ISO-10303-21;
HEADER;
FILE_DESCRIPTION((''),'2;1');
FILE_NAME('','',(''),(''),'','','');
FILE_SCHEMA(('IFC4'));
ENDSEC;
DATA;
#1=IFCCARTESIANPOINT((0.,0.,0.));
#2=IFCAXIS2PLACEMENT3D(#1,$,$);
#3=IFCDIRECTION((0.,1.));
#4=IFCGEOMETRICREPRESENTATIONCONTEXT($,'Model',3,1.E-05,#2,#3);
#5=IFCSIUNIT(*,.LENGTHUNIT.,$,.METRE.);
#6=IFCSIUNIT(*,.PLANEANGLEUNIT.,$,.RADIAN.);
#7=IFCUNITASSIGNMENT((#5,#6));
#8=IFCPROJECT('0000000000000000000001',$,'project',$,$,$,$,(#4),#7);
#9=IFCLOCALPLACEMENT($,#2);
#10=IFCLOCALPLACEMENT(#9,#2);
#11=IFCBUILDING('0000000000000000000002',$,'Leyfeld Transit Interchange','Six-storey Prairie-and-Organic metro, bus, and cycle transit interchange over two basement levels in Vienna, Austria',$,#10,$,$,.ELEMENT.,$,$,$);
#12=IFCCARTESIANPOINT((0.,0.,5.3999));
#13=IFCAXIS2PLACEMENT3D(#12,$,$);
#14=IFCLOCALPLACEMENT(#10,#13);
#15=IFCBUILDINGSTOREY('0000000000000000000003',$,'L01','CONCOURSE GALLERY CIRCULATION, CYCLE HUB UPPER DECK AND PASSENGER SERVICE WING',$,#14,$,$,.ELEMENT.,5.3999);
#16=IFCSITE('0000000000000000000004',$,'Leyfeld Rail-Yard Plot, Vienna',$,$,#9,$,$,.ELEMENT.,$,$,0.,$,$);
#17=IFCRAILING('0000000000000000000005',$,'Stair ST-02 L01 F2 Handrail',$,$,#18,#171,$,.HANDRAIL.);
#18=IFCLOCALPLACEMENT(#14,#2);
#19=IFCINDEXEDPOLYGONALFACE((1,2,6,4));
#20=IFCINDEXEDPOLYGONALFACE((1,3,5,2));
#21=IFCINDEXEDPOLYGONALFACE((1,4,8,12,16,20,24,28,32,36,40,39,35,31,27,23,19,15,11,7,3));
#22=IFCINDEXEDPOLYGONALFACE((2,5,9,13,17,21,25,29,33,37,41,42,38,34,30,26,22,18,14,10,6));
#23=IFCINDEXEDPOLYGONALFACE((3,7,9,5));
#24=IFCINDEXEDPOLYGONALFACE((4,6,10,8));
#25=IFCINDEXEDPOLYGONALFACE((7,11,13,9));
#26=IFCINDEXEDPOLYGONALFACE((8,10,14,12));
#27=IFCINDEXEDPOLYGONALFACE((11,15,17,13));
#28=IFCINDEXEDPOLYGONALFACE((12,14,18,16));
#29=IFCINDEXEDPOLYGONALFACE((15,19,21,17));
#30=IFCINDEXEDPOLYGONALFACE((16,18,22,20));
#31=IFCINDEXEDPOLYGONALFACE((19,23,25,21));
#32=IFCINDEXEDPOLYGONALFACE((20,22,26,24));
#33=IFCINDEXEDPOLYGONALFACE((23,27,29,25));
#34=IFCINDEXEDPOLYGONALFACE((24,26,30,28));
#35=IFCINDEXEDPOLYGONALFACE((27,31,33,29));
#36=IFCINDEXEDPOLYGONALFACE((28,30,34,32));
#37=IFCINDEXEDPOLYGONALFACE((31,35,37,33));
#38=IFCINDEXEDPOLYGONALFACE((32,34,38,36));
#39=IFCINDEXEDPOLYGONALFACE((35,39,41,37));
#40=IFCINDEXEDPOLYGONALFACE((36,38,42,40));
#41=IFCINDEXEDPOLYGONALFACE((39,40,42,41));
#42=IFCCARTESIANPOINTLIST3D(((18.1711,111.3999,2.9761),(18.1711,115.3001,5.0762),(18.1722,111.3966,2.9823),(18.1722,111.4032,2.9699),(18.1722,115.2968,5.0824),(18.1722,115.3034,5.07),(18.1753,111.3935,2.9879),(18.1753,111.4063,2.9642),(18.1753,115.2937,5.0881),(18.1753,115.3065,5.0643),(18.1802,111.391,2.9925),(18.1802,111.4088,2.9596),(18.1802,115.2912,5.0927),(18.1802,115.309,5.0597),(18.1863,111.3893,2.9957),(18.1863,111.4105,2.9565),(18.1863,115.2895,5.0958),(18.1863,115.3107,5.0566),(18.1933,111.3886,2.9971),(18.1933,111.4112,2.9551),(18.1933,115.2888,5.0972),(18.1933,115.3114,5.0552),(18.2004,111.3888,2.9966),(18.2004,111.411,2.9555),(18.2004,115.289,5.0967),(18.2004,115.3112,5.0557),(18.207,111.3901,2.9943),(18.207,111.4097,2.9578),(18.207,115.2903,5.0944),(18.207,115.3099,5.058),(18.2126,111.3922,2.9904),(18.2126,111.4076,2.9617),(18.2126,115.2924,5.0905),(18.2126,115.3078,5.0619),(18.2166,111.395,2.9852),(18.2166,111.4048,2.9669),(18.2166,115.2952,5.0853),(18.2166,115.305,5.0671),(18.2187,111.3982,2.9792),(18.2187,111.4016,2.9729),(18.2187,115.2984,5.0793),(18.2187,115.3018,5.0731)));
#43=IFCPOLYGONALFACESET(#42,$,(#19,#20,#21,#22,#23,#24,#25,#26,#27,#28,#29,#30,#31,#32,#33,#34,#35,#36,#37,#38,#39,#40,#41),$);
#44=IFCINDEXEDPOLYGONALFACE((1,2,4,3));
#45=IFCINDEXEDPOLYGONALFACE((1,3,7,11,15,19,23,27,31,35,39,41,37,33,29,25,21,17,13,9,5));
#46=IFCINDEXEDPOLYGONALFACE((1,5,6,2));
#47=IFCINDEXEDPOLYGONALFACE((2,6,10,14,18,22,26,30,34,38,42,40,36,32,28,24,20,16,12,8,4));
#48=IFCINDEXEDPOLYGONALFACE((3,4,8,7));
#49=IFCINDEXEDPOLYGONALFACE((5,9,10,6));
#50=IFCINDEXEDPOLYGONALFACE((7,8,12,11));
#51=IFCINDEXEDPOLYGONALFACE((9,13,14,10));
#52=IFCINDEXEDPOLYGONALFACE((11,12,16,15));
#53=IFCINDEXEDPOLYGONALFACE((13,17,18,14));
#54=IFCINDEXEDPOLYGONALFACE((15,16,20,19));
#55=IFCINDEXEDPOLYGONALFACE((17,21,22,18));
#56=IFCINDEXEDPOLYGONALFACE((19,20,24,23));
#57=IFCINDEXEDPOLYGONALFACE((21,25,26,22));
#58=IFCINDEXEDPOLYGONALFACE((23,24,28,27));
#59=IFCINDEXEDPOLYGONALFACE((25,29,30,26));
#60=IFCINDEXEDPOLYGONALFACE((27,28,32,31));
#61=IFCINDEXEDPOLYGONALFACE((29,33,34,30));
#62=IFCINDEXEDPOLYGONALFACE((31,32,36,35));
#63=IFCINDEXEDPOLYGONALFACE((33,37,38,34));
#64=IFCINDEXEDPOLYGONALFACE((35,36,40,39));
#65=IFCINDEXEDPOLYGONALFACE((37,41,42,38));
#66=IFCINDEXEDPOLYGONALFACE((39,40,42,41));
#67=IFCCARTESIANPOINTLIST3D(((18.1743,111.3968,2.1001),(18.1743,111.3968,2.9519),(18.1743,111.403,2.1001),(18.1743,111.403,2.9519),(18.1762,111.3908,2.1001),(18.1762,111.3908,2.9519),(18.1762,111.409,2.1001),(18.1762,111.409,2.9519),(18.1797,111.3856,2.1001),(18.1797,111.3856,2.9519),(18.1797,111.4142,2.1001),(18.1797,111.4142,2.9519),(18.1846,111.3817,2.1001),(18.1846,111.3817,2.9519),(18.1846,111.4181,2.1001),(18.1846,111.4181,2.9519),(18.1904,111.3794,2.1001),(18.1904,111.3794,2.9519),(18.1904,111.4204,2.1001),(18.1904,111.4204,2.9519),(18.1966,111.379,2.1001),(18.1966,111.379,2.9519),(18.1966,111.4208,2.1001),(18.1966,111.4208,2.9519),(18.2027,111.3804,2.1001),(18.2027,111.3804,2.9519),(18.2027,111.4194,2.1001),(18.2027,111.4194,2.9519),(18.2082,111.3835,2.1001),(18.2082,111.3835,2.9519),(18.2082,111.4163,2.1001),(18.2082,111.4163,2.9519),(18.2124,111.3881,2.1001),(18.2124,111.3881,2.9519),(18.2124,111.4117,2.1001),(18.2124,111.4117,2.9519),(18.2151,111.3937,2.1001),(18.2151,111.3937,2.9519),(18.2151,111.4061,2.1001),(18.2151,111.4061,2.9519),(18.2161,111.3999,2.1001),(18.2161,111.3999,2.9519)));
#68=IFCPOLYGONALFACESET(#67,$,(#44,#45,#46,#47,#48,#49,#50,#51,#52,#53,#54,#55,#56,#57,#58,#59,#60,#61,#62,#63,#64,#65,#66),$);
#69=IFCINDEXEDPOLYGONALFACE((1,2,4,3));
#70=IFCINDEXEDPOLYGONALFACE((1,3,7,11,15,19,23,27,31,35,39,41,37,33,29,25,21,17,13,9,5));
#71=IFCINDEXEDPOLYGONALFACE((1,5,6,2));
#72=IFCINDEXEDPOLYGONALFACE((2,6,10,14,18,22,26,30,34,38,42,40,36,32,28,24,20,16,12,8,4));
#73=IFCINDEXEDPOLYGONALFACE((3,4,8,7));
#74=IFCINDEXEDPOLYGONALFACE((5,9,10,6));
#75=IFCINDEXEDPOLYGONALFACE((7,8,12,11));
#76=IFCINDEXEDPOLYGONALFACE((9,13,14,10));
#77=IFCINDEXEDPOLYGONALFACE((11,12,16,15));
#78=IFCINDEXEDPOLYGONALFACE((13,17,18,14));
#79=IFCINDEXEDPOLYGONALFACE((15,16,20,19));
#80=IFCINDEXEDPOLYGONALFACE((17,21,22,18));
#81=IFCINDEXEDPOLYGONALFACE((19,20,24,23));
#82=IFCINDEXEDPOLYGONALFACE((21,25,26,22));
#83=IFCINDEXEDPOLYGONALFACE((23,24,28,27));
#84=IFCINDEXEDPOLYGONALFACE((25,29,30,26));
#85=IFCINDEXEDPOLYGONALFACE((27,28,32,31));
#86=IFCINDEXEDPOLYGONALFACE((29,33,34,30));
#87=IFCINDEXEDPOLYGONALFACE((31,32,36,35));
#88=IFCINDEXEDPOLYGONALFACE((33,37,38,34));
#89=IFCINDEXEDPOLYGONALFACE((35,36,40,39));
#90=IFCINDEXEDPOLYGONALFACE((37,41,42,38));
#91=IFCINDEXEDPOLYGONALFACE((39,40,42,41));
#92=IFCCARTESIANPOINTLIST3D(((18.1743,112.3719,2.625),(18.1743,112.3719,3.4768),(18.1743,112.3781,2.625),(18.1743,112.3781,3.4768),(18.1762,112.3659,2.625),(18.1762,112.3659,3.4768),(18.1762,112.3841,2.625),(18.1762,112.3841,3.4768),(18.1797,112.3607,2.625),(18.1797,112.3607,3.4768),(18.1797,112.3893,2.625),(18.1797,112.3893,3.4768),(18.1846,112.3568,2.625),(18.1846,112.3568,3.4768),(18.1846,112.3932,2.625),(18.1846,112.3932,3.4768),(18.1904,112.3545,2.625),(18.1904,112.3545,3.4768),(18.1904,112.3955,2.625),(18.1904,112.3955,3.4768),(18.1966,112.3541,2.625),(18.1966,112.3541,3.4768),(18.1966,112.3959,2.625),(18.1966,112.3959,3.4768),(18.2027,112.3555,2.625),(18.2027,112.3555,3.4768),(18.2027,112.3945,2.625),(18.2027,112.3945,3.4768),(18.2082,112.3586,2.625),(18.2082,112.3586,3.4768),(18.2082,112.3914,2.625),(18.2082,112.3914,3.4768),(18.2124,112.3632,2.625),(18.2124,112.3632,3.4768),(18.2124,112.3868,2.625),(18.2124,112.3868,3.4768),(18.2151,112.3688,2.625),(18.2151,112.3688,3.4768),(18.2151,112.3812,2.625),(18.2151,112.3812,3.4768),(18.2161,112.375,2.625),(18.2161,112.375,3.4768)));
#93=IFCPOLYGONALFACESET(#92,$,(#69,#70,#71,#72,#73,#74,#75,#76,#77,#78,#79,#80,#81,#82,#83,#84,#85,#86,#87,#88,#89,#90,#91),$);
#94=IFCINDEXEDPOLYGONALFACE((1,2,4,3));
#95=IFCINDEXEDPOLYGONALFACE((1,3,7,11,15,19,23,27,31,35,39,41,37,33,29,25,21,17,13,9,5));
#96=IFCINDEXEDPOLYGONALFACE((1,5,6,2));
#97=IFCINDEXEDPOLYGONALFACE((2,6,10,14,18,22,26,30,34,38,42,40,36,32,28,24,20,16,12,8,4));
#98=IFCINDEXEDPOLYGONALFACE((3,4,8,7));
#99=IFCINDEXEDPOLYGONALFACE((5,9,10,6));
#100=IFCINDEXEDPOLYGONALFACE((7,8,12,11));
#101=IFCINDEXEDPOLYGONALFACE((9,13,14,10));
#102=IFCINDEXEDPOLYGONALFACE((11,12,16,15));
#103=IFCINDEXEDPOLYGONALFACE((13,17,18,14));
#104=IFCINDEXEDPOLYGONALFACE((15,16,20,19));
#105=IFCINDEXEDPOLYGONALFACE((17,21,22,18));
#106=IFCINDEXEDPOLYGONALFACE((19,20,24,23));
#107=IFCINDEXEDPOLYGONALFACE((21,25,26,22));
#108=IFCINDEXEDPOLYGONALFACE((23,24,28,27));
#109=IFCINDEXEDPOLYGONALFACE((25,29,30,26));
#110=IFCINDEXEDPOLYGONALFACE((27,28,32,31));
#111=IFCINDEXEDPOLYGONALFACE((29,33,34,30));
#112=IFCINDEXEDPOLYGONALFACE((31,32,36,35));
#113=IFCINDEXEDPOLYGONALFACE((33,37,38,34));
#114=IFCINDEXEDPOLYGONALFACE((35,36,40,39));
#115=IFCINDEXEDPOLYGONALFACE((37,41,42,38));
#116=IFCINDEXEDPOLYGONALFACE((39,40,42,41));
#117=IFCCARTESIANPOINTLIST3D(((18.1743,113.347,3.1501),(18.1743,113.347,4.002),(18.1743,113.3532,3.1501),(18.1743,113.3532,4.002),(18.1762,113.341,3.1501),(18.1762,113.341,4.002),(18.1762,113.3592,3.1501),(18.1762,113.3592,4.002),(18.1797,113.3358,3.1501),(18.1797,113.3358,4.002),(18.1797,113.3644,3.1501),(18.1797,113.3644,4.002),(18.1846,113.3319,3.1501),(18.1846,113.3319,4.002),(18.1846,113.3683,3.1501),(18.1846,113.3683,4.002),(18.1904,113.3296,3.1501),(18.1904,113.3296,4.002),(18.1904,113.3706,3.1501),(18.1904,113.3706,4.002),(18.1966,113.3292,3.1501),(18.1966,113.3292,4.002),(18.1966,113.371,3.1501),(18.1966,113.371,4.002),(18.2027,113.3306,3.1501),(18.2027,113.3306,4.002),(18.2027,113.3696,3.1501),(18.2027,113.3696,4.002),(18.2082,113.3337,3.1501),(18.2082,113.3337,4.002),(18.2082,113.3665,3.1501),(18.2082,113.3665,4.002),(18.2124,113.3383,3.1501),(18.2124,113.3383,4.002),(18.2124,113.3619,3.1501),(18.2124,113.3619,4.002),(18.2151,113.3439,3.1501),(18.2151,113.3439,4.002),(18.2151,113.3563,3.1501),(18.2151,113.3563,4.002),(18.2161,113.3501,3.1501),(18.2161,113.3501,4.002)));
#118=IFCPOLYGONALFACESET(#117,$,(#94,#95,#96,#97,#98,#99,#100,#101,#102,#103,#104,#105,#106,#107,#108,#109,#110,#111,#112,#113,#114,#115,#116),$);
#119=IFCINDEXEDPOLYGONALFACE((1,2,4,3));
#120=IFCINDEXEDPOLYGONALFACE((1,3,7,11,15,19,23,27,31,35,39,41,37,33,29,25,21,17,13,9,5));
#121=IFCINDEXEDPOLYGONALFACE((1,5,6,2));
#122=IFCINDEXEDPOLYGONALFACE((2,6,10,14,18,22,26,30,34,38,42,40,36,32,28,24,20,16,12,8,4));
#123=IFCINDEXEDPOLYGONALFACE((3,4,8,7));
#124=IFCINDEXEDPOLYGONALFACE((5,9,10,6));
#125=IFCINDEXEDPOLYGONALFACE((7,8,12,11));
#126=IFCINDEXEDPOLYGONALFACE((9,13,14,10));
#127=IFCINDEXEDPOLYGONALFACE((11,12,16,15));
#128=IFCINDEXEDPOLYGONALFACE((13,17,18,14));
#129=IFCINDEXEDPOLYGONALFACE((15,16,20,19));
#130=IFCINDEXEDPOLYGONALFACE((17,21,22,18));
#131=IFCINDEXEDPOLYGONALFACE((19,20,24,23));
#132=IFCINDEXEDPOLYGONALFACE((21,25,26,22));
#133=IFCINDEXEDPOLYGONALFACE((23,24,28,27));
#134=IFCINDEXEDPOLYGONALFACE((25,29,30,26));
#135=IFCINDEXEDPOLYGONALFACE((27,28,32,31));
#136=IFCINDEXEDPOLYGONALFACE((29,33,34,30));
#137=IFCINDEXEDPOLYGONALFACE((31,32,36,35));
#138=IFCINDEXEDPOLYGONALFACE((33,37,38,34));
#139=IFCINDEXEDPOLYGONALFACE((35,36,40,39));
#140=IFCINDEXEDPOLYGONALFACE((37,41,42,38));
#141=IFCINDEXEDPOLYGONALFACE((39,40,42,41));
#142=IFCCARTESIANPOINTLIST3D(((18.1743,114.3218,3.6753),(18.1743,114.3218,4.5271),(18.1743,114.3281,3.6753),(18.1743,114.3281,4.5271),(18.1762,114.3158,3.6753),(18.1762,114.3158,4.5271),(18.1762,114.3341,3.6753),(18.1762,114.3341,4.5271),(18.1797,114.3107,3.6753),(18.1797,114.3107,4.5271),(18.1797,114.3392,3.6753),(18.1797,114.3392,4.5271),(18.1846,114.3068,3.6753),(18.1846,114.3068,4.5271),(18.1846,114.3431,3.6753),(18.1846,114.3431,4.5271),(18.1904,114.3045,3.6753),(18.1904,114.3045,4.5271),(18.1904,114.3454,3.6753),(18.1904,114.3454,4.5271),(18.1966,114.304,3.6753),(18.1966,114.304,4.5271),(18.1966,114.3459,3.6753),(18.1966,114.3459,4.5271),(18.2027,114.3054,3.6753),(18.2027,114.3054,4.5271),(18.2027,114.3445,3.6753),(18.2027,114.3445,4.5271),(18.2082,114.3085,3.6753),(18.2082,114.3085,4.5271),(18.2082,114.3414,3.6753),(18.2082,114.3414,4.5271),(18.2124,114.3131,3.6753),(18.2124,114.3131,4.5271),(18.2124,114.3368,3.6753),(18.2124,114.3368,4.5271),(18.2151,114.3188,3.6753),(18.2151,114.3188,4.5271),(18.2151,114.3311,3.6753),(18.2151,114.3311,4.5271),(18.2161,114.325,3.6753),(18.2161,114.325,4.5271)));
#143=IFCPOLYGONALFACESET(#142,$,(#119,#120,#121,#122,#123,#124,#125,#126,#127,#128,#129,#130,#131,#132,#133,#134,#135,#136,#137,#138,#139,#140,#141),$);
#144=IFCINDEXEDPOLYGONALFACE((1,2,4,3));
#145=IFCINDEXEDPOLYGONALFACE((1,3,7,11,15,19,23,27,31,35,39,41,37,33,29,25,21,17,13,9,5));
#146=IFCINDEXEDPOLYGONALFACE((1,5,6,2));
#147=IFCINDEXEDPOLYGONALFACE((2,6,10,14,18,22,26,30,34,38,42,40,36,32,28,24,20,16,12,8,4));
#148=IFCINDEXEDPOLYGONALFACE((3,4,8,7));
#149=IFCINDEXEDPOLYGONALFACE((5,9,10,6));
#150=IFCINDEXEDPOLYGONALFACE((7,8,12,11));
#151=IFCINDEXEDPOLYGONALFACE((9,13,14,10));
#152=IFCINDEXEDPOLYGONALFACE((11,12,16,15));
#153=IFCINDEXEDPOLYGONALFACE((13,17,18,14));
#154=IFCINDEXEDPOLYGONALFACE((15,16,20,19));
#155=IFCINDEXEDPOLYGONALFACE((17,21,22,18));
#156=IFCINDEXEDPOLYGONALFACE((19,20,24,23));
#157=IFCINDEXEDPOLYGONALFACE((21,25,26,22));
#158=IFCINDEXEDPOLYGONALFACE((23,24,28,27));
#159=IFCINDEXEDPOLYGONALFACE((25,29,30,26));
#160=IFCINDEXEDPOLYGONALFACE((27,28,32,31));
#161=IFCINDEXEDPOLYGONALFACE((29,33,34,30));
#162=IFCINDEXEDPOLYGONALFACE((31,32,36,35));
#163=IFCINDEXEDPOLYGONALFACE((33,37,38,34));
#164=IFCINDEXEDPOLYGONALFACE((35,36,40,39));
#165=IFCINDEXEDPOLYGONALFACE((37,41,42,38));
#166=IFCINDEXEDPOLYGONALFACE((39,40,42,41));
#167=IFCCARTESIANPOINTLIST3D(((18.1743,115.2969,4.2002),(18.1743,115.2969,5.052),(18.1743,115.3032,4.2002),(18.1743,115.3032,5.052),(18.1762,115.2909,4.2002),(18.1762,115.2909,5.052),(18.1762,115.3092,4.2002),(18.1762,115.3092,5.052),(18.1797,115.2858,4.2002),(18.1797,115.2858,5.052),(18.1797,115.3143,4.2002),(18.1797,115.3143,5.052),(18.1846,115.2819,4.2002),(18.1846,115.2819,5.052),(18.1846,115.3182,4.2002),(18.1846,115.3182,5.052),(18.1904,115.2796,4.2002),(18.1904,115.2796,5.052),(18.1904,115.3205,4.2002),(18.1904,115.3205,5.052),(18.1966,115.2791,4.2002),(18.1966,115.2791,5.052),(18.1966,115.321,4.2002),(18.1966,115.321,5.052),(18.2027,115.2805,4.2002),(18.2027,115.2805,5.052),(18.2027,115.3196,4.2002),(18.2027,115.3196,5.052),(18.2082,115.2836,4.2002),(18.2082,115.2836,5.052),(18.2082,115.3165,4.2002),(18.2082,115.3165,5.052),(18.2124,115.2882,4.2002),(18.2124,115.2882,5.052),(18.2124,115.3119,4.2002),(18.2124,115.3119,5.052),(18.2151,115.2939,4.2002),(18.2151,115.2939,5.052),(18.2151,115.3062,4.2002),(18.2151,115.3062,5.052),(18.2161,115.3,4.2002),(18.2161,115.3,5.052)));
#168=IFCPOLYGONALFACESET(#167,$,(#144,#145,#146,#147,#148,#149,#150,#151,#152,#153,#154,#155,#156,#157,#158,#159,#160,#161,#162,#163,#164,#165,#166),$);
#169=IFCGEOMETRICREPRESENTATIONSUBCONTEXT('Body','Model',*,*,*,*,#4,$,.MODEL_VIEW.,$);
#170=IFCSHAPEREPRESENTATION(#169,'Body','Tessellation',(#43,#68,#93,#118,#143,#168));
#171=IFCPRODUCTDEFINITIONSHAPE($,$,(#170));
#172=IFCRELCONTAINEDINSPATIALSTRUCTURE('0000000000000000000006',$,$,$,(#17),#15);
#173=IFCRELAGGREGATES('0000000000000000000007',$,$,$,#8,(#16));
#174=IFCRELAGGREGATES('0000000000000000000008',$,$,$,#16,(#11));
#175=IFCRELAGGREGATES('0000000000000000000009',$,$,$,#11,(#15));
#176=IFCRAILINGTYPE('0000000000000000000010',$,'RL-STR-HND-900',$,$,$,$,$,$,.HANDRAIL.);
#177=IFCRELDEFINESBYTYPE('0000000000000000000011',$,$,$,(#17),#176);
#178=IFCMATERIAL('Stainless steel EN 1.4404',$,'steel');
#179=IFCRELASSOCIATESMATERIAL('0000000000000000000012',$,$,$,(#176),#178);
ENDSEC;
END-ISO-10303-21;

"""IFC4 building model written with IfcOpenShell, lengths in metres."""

from ifc_helpers import new_model, si_unit, direction, frame, origin, origin_2d, place, context, subcontext, project, spatial, circle, extrude, material, type_object, element, save


model = new_model("IFC4")

# Units and contexts
model_context = context("Model", 3, precision=1e-05, world=origin(), true_north=direction((0.0, 1.0)))
body_context = subcontext(model_context, "Body", "Model", "MODEL_VIEW")
ifc_project = project(units=[si_unit("LENGTHUNIT", "METRE"), si_unit("PLANEANGLEUNIT", "RADIAN")], contexts=[model_context])

# Site, building, storey
site_placement = place(None, origin())
site = spatial("IfcSite", under=ifc_project, at=site_placement, Name="Leyfeld Rail-Yard Plot, Vienna", CompositionType="ELEMENT", RefElevation=0.0)
building_placement = place(site_placement, origin())
building = spatial("IfcBuilding", under=site, at=building_placement, Name="Leyfeld Transit Interchange", Description="Six-storey Prairie-and-Organic metro, bus, and cycle transit interchange over two basement levels in Vienna, Austria", CompositionType="ELEMENT")
storey_placement = place(building_placement, frame((0.0, 0.0, 5.3999)))
storey = spatial("IfcBuildingStorey", under=building, at=storey_placement, Name="L01", Description="CONCOURSE GALLERY CIRCULATION, CYCLE HUB UPPER DECK AND PASSENGER SERVICE WING", CompositionType="ELEMENT", Elevation=5.3999)

# Shared definitions
ifc_material_1 = material(Name="Stainless steel EN 1.4404", Category="steel")

# Railing
railing_type_1 = type_object("IfcRailingType", Name="RL-STR-HND-900", PredefinedType="HANDRAIL", material=ifc_material_1)
railing_1_placement = place(storey_placement, frame((18.1951, 111.3999, 2.1001)))
element("IfcRailing", 1, at=railing_1_placement, inside=storey, type_object=railing_type_1, Name="Stair ST-02 L01 F2 Handrail", PredefinedType="HANDRAIL", context=body_context, shape_type="SweptSolid", body=[
    extrude(circle(Radius=0.0239, at=origin_2d()), frame((0.0, 0.0, 0.876), z_axis=(0.0, 0.880469, 0.474103), x_axis=(-1.0, 0.0, 0.0)), (0.0, 0.0, 1.0), 4.4297),
    extrude(circle(Radius=0.021, at=origin_2d()), origin(), (0.0, 0.0, 1.0), 0.8518),
    extrude(circle(Radius=0.021, at=origin_2d()), frame((0.0, 0.9751, 0.5249)), (0.0, 0.0, 1.0), 0.8518),
    extrude(circle(Radius=0.021, at=origin_2d()), frame((0.0, 1.9502, 1.05)), (0.0, 0.0, 1.0), 0.8518),
    extrude(circle(Radius=0.021, at=origin_2d()), frame((0.0, 2.925, 1.5752)), (0.0, 0.0, 1.0), 0.8518),
    extrude(circle(Radius=0.021, at=origin_2d()), frame((0.0, 3.9001, 2.1001)), (0.0, 0.0, 1.0), 0.8518),
])

save(model, "model.ifc")
